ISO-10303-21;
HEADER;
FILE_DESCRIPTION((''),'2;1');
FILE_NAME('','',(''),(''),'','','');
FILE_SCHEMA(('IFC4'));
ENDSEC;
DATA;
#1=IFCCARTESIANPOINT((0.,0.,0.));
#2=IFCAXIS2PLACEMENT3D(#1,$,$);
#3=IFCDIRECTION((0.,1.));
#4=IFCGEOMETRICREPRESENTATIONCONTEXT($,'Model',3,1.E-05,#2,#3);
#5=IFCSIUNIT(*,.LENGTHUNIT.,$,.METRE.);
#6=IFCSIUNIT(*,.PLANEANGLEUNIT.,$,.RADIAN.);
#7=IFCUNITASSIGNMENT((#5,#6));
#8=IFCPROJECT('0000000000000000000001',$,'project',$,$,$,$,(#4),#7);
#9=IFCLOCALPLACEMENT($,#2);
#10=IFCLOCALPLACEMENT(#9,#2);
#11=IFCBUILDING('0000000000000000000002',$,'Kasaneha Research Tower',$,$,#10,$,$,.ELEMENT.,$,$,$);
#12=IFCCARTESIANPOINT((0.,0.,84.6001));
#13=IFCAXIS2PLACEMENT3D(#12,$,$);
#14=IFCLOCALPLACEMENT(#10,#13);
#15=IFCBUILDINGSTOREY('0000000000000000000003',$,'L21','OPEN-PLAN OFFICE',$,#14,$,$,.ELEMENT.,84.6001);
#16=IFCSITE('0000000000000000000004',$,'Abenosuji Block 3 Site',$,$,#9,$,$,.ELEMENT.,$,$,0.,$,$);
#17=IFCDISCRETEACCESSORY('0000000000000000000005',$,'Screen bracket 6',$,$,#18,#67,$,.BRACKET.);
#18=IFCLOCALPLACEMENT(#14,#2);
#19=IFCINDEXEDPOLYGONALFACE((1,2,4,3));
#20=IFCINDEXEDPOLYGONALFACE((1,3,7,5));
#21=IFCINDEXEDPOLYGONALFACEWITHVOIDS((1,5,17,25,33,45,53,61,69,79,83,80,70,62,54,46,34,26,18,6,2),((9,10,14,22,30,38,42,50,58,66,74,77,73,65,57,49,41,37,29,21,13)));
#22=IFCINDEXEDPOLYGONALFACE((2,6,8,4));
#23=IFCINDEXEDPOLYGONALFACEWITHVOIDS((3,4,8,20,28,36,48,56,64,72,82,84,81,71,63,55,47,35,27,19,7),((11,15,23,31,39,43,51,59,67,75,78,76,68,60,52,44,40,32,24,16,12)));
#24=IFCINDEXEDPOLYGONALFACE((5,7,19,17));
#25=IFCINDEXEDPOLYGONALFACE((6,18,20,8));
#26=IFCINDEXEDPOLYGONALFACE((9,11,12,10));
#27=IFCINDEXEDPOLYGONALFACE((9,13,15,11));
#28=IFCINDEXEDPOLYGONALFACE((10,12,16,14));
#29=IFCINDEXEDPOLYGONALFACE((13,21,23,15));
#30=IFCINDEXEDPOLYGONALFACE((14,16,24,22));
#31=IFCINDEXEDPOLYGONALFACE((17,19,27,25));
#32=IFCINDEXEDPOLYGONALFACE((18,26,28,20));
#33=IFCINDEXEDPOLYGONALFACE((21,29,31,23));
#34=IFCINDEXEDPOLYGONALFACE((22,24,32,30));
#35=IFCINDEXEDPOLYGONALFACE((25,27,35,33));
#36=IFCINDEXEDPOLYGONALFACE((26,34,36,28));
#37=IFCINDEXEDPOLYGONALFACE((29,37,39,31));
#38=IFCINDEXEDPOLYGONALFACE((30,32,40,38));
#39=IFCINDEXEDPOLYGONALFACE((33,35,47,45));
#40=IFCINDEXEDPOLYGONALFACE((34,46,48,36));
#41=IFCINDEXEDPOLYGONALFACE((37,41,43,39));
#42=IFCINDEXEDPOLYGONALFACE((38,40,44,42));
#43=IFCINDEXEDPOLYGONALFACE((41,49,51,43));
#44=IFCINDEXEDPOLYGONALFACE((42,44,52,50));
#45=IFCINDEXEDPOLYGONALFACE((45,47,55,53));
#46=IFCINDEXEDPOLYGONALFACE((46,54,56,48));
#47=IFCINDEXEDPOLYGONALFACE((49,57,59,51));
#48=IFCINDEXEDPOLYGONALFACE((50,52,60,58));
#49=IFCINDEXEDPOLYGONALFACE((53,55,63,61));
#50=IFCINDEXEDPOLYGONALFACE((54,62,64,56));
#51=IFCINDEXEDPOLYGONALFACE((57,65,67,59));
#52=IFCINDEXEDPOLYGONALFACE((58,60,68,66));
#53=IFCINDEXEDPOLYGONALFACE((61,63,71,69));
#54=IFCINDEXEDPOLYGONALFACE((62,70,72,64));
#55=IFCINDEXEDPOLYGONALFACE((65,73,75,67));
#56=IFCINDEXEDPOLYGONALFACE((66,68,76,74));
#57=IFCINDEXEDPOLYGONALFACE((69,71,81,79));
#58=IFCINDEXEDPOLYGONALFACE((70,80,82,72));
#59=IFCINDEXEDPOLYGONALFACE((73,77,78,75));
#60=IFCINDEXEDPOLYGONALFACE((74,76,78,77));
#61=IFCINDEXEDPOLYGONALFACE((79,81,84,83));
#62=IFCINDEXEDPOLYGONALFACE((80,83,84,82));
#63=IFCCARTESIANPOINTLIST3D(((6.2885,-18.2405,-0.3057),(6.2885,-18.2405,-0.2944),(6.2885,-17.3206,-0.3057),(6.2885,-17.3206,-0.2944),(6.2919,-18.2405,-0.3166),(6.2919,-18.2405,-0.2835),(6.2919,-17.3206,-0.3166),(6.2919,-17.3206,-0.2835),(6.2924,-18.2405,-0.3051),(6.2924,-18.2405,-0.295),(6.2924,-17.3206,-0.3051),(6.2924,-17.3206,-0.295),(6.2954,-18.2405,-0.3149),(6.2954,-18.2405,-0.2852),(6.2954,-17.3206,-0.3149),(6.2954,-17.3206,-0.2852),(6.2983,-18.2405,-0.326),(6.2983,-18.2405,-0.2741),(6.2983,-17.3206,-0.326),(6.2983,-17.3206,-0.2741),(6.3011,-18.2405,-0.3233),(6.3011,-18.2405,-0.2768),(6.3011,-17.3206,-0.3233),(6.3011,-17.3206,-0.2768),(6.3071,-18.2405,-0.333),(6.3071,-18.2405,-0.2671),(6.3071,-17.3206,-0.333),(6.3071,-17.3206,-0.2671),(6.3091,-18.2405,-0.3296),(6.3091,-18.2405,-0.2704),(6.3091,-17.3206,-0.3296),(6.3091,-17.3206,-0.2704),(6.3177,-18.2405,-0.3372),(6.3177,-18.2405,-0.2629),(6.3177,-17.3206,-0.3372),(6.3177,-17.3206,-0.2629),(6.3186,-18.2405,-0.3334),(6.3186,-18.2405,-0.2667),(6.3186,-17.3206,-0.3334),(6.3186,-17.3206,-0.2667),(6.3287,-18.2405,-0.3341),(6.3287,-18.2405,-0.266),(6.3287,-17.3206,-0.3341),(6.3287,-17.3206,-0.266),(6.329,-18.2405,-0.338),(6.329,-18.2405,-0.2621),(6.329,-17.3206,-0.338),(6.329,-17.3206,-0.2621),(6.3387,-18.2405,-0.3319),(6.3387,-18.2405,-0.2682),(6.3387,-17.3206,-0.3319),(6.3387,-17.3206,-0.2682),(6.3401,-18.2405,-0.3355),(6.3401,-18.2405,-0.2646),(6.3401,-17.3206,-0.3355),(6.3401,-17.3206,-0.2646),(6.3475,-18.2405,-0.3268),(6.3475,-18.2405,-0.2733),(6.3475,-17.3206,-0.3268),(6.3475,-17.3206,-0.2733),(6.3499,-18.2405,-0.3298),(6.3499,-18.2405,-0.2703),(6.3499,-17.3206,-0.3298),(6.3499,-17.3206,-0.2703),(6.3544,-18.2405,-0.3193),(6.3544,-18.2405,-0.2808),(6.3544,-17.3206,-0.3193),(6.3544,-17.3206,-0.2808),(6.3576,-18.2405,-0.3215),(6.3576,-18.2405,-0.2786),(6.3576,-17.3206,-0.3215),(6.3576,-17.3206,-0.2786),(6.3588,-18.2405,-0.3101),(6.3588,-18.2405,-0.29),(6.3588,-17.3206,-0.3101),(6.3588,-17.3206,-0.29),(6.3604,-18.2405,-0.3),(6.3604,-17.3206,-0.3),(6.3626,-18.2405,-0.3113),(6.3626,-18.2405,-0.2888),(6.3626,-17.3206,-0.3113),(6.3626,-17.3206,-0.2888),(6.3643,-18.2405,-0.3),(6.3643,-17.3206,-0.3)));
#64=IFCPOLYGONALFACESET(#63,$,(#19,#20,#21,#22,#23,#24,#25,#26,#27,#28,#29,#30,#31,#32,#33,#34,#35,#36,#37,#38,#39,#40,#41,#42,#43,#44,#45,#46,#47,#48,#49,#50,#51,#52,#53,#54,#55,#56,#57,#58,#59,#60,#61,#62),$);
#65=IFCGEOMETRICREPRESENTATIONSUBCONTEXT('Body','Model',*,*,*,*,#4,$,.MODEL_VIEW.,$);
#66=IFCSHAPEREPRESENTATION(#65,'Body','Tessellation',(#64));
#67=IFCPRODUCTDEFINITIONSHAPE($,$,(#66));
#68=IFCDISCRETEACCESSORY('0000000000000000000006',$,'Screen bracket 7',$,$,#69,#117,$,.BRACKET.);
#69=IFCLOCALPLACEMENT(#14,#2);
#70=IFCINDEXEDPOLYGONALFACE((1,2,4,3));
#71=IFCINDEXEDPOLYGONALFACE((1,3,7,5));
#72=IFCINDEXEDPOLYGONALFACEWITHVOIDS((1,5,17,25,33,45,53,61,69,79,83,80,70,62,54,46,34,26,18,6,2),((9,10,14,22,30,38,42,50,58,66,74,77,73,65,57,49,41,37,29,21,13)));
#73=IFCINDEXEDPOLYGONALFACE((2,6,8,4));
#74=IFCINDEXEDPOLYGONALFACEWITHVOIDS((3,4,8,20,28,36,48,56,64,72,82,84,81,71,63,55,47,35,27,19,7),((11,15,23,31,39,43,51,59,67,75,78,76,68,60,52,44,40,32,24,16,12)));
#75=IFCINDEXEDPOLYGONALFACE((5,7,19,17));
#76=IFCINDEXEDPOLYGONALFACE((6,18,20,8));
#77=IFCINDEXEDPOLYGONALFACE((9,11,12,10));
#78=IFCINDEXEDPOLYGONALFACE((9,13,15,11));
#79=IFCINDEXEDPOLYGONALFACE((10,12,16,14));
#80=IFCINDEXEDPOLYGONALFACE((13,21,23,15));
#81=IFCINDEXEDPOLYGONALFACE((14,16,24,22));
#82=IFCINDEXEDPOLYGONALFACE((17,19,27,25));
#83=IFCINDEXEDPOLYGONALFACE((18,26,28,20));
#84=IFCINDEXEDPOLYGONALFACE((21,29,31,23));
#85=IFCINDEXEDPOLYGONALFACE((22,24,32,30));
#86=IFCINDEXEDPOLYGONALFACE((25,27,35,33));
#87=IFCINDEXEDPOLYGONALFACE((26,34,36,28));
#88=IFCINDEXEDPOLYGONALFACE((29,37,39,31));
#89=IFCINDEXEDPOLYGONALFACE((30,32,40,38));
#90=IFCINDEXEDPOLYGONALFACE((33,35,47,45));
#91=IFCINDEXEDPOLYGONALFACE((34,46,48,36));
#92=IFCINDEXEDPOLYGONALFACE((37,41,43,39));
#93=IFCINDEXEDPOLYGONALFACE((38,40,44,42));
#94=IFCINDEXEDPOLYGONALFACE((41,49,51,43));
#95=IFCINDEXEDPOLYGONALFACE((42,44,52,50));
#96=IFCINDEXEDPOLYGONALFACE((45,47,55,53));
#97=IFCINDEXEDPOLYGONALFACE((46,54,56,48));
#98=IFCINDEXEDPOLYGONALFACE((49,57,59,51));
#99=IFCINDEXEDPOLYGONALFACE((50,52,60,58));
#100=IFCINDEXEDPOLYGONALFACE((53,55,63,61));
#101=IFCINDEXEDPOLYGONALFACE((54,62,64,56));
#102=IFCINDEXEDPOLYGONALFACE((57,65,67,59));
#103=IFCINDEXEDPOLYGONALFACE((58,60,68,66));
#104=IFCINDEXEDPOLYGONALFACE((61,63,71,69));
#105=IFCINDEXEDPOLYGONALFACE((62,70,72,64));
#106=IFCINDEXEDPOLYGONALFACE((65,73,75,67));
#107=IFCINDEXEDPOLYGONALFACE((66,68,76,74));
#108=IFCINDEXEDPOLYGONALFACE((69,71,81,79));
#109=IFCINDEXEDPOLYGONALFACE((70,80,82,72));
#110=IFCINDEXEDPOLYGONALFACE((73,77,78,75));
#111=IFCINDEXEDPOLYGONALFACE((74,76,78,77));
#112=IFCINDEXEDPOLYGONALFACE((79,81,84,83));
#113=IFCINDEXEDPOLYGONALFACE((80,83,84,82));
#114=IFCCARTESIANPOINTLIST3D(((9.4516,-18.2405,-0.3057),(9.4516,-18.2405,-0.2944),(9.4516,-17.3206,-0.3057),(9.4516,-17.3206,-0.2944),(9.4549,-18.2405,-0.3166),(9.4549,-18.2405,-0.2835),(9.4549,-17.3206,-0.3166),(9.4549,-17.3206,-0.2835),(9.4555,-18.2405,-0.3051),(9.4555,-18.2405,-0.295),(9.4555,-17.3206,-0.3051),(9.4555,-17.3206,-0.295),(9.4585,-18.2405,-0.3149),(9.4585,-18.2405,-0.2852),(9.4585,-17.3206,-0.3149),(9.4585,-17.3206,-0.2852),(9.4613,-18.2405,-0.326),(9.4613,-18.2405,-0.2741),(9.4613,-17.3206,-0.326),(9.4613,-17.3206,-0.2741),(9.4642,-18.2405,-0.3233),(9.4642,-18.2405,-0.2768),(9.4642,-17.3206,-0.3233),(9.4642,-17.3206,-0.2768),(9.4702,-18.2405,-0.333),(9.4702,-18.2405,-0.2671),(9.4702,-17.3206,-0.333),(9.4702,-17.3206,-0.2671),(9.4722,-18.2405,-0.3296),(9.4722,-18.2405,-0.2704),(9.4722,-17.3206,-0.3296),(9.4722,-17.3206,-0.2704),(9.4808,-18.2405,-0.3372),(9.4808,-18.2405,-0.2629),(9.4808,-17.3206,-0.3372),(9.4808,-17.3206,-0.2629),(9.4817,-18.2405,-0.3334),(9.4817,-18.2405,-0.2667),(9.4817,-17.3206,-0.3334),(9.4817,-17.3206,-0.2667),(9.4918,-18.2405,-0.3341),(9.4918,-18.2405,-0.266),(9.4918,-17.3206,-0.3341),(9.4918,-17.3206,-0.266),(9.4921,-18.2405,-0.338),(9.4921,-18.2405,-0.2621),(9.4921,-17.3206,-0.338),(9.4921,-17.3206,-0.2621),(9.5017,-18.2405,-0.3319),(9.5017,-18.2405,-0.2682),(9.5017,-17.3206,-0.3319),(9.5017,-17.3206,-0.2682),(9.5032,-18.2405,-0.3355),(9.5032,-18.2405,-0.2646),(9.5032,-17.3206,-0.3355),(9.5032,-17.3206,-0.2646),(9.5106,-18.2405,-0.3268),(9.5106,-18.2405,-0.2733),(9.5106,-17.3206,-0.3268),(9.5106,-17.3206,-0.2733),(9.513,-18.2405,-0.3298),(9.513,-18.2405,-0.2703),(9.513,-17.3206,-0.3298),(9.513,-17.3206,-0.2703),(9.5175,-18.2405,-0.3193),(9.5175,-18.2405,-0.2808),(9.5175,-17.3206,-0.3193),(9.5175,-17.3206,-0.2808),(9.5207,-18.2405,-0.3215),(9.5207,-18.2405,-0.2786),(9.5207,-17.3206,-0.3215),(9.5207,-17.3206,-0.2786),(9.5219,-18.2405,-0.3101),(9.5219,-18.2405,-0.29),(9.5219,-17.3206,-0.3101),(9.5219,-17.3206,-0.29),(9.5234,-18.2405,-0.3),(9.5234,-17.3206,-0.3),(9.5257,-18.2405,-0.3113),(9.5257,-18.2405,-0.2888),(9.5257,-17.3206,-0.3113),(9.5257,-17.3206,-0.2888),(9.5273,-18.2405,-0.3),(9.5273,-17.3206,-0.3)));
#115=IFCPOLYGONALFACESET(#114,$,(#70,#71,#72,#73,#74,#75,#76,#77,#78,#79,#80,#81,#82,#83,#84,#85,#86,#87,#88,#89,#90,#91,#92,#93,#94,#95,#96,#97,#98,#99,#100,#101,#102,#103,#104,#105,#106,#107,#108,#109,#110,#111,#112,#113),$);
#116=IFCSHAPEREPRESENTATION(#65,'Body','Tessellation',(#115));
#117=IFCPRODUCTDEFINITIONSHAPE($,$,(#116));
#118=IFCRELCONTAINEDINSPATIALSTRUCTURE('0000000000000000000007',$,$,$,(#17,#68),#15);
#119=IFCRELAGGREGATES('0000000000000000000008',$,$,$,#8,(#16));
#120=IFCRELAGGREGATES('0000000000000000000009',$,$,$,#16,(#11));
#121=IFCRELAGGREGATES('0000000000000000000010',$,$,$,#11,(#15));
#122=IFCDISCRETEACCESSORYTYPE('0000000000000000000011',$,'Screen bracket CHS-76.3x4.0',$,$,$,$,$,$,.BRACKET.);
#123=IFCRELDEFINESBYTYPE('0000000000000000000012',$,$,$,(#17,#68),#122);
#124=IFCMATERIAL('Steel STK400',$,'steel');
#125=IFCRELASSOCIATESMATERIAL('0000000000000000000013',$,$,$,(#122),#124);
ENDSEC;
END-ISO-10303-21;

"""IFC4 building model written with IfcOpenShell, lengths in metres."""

from ifc_helpers import new_model, si_unit, direction, frame, origin, origin_2d, place, context, subcontext, project, spatial, hollow_circle, extrude, material, material_profile, profile_set, type_object, element, save


model = new_model("IFC4")

# Units and contexts
model_context = context("Model", 3, precision=1e-05, world=origin(), true_north=direction((0.0, 1.0)))
body_context = subcontext(model_context, "Body", "Model", "MODEL_VIEW")
ifc_project = project(units=[si_unit("LENGTHUNIT", "METRE"), si_unit("PLANEANGLEUNIT", "RADIAN")], contexts=[model_context])

# Site, building, storey
site_placement = place(None, origin())
site = spatial("IfcSite", under=ifc_project, at=site_placement, Name="Abenosuji Block 3 Site", CompositionType="ELEMENT", RefElevation=0.0)
building_placement = place(site_placement, origin())
building = spatial("IfcBuilding", under=site, at=building_placement, Name="Kasaneha Research Tower", CompositionType="ELEMENT")
storey_placement = place(building_placement, frame((0.0, 0.0, 84.6001)))
storey = spatial("IfcBuildingStorey", under=building, at=storey_placement, Name="L21", Description="OPEN-PLAN OFFICE", CompositionType="ELEMENT", Elevation=84.6001)

# Discrete accessories
ifc_material_1 = material(Name="Steel STK400", Category="steel")
ifc_material_profile_1 = material_profile(ifc_material_1, hollow_circle(Radius=0.0381, WallThickness=0.0039, at=origin_2d()), Name="CHS-76.3x4.0")
ifc_profile_set_1 = profile_set([ifc_material_profile_1], Name="Steel STK400")
discrete_accessory_type = type_object("IfcDiscreteAccessoryType", Name="Screen bracket CHS-76.3x4.0", PredefinedType="BRACKET", material=ifc_profile_set_1)
for number, where, z_axis, x_axis, name in (
    (1, (6.3262, -17.3206, -0.3), (0.0, -1.0, 0.0), (1.0, 0.0, 0.0), "Screen bracket 6"),
    (2, (9.4893, -17.3206, -0.3), (0.0, -1.0, 0.0), (1.0, 0.0, 0.0), "Screen bracket 7"),
):
    element("IfcDiscreteAccessory", number, at=place(storey_placement, frame(where, z_axis=z_axis, x_axis=x_axis)), inside=storey, type_object=discrete_accessory_type, Name=name, PredefinedType="BRACKET", context=body_context, shape_type="SweptSolid", body=[
        extrude(hollow_circle(Radius=0.0381, WallThickness=0.0039, at=origin_2d()), origin(), (0.0, 0.0, 1.0), 0.9199),
    ])

save(model, "model.ifc")
